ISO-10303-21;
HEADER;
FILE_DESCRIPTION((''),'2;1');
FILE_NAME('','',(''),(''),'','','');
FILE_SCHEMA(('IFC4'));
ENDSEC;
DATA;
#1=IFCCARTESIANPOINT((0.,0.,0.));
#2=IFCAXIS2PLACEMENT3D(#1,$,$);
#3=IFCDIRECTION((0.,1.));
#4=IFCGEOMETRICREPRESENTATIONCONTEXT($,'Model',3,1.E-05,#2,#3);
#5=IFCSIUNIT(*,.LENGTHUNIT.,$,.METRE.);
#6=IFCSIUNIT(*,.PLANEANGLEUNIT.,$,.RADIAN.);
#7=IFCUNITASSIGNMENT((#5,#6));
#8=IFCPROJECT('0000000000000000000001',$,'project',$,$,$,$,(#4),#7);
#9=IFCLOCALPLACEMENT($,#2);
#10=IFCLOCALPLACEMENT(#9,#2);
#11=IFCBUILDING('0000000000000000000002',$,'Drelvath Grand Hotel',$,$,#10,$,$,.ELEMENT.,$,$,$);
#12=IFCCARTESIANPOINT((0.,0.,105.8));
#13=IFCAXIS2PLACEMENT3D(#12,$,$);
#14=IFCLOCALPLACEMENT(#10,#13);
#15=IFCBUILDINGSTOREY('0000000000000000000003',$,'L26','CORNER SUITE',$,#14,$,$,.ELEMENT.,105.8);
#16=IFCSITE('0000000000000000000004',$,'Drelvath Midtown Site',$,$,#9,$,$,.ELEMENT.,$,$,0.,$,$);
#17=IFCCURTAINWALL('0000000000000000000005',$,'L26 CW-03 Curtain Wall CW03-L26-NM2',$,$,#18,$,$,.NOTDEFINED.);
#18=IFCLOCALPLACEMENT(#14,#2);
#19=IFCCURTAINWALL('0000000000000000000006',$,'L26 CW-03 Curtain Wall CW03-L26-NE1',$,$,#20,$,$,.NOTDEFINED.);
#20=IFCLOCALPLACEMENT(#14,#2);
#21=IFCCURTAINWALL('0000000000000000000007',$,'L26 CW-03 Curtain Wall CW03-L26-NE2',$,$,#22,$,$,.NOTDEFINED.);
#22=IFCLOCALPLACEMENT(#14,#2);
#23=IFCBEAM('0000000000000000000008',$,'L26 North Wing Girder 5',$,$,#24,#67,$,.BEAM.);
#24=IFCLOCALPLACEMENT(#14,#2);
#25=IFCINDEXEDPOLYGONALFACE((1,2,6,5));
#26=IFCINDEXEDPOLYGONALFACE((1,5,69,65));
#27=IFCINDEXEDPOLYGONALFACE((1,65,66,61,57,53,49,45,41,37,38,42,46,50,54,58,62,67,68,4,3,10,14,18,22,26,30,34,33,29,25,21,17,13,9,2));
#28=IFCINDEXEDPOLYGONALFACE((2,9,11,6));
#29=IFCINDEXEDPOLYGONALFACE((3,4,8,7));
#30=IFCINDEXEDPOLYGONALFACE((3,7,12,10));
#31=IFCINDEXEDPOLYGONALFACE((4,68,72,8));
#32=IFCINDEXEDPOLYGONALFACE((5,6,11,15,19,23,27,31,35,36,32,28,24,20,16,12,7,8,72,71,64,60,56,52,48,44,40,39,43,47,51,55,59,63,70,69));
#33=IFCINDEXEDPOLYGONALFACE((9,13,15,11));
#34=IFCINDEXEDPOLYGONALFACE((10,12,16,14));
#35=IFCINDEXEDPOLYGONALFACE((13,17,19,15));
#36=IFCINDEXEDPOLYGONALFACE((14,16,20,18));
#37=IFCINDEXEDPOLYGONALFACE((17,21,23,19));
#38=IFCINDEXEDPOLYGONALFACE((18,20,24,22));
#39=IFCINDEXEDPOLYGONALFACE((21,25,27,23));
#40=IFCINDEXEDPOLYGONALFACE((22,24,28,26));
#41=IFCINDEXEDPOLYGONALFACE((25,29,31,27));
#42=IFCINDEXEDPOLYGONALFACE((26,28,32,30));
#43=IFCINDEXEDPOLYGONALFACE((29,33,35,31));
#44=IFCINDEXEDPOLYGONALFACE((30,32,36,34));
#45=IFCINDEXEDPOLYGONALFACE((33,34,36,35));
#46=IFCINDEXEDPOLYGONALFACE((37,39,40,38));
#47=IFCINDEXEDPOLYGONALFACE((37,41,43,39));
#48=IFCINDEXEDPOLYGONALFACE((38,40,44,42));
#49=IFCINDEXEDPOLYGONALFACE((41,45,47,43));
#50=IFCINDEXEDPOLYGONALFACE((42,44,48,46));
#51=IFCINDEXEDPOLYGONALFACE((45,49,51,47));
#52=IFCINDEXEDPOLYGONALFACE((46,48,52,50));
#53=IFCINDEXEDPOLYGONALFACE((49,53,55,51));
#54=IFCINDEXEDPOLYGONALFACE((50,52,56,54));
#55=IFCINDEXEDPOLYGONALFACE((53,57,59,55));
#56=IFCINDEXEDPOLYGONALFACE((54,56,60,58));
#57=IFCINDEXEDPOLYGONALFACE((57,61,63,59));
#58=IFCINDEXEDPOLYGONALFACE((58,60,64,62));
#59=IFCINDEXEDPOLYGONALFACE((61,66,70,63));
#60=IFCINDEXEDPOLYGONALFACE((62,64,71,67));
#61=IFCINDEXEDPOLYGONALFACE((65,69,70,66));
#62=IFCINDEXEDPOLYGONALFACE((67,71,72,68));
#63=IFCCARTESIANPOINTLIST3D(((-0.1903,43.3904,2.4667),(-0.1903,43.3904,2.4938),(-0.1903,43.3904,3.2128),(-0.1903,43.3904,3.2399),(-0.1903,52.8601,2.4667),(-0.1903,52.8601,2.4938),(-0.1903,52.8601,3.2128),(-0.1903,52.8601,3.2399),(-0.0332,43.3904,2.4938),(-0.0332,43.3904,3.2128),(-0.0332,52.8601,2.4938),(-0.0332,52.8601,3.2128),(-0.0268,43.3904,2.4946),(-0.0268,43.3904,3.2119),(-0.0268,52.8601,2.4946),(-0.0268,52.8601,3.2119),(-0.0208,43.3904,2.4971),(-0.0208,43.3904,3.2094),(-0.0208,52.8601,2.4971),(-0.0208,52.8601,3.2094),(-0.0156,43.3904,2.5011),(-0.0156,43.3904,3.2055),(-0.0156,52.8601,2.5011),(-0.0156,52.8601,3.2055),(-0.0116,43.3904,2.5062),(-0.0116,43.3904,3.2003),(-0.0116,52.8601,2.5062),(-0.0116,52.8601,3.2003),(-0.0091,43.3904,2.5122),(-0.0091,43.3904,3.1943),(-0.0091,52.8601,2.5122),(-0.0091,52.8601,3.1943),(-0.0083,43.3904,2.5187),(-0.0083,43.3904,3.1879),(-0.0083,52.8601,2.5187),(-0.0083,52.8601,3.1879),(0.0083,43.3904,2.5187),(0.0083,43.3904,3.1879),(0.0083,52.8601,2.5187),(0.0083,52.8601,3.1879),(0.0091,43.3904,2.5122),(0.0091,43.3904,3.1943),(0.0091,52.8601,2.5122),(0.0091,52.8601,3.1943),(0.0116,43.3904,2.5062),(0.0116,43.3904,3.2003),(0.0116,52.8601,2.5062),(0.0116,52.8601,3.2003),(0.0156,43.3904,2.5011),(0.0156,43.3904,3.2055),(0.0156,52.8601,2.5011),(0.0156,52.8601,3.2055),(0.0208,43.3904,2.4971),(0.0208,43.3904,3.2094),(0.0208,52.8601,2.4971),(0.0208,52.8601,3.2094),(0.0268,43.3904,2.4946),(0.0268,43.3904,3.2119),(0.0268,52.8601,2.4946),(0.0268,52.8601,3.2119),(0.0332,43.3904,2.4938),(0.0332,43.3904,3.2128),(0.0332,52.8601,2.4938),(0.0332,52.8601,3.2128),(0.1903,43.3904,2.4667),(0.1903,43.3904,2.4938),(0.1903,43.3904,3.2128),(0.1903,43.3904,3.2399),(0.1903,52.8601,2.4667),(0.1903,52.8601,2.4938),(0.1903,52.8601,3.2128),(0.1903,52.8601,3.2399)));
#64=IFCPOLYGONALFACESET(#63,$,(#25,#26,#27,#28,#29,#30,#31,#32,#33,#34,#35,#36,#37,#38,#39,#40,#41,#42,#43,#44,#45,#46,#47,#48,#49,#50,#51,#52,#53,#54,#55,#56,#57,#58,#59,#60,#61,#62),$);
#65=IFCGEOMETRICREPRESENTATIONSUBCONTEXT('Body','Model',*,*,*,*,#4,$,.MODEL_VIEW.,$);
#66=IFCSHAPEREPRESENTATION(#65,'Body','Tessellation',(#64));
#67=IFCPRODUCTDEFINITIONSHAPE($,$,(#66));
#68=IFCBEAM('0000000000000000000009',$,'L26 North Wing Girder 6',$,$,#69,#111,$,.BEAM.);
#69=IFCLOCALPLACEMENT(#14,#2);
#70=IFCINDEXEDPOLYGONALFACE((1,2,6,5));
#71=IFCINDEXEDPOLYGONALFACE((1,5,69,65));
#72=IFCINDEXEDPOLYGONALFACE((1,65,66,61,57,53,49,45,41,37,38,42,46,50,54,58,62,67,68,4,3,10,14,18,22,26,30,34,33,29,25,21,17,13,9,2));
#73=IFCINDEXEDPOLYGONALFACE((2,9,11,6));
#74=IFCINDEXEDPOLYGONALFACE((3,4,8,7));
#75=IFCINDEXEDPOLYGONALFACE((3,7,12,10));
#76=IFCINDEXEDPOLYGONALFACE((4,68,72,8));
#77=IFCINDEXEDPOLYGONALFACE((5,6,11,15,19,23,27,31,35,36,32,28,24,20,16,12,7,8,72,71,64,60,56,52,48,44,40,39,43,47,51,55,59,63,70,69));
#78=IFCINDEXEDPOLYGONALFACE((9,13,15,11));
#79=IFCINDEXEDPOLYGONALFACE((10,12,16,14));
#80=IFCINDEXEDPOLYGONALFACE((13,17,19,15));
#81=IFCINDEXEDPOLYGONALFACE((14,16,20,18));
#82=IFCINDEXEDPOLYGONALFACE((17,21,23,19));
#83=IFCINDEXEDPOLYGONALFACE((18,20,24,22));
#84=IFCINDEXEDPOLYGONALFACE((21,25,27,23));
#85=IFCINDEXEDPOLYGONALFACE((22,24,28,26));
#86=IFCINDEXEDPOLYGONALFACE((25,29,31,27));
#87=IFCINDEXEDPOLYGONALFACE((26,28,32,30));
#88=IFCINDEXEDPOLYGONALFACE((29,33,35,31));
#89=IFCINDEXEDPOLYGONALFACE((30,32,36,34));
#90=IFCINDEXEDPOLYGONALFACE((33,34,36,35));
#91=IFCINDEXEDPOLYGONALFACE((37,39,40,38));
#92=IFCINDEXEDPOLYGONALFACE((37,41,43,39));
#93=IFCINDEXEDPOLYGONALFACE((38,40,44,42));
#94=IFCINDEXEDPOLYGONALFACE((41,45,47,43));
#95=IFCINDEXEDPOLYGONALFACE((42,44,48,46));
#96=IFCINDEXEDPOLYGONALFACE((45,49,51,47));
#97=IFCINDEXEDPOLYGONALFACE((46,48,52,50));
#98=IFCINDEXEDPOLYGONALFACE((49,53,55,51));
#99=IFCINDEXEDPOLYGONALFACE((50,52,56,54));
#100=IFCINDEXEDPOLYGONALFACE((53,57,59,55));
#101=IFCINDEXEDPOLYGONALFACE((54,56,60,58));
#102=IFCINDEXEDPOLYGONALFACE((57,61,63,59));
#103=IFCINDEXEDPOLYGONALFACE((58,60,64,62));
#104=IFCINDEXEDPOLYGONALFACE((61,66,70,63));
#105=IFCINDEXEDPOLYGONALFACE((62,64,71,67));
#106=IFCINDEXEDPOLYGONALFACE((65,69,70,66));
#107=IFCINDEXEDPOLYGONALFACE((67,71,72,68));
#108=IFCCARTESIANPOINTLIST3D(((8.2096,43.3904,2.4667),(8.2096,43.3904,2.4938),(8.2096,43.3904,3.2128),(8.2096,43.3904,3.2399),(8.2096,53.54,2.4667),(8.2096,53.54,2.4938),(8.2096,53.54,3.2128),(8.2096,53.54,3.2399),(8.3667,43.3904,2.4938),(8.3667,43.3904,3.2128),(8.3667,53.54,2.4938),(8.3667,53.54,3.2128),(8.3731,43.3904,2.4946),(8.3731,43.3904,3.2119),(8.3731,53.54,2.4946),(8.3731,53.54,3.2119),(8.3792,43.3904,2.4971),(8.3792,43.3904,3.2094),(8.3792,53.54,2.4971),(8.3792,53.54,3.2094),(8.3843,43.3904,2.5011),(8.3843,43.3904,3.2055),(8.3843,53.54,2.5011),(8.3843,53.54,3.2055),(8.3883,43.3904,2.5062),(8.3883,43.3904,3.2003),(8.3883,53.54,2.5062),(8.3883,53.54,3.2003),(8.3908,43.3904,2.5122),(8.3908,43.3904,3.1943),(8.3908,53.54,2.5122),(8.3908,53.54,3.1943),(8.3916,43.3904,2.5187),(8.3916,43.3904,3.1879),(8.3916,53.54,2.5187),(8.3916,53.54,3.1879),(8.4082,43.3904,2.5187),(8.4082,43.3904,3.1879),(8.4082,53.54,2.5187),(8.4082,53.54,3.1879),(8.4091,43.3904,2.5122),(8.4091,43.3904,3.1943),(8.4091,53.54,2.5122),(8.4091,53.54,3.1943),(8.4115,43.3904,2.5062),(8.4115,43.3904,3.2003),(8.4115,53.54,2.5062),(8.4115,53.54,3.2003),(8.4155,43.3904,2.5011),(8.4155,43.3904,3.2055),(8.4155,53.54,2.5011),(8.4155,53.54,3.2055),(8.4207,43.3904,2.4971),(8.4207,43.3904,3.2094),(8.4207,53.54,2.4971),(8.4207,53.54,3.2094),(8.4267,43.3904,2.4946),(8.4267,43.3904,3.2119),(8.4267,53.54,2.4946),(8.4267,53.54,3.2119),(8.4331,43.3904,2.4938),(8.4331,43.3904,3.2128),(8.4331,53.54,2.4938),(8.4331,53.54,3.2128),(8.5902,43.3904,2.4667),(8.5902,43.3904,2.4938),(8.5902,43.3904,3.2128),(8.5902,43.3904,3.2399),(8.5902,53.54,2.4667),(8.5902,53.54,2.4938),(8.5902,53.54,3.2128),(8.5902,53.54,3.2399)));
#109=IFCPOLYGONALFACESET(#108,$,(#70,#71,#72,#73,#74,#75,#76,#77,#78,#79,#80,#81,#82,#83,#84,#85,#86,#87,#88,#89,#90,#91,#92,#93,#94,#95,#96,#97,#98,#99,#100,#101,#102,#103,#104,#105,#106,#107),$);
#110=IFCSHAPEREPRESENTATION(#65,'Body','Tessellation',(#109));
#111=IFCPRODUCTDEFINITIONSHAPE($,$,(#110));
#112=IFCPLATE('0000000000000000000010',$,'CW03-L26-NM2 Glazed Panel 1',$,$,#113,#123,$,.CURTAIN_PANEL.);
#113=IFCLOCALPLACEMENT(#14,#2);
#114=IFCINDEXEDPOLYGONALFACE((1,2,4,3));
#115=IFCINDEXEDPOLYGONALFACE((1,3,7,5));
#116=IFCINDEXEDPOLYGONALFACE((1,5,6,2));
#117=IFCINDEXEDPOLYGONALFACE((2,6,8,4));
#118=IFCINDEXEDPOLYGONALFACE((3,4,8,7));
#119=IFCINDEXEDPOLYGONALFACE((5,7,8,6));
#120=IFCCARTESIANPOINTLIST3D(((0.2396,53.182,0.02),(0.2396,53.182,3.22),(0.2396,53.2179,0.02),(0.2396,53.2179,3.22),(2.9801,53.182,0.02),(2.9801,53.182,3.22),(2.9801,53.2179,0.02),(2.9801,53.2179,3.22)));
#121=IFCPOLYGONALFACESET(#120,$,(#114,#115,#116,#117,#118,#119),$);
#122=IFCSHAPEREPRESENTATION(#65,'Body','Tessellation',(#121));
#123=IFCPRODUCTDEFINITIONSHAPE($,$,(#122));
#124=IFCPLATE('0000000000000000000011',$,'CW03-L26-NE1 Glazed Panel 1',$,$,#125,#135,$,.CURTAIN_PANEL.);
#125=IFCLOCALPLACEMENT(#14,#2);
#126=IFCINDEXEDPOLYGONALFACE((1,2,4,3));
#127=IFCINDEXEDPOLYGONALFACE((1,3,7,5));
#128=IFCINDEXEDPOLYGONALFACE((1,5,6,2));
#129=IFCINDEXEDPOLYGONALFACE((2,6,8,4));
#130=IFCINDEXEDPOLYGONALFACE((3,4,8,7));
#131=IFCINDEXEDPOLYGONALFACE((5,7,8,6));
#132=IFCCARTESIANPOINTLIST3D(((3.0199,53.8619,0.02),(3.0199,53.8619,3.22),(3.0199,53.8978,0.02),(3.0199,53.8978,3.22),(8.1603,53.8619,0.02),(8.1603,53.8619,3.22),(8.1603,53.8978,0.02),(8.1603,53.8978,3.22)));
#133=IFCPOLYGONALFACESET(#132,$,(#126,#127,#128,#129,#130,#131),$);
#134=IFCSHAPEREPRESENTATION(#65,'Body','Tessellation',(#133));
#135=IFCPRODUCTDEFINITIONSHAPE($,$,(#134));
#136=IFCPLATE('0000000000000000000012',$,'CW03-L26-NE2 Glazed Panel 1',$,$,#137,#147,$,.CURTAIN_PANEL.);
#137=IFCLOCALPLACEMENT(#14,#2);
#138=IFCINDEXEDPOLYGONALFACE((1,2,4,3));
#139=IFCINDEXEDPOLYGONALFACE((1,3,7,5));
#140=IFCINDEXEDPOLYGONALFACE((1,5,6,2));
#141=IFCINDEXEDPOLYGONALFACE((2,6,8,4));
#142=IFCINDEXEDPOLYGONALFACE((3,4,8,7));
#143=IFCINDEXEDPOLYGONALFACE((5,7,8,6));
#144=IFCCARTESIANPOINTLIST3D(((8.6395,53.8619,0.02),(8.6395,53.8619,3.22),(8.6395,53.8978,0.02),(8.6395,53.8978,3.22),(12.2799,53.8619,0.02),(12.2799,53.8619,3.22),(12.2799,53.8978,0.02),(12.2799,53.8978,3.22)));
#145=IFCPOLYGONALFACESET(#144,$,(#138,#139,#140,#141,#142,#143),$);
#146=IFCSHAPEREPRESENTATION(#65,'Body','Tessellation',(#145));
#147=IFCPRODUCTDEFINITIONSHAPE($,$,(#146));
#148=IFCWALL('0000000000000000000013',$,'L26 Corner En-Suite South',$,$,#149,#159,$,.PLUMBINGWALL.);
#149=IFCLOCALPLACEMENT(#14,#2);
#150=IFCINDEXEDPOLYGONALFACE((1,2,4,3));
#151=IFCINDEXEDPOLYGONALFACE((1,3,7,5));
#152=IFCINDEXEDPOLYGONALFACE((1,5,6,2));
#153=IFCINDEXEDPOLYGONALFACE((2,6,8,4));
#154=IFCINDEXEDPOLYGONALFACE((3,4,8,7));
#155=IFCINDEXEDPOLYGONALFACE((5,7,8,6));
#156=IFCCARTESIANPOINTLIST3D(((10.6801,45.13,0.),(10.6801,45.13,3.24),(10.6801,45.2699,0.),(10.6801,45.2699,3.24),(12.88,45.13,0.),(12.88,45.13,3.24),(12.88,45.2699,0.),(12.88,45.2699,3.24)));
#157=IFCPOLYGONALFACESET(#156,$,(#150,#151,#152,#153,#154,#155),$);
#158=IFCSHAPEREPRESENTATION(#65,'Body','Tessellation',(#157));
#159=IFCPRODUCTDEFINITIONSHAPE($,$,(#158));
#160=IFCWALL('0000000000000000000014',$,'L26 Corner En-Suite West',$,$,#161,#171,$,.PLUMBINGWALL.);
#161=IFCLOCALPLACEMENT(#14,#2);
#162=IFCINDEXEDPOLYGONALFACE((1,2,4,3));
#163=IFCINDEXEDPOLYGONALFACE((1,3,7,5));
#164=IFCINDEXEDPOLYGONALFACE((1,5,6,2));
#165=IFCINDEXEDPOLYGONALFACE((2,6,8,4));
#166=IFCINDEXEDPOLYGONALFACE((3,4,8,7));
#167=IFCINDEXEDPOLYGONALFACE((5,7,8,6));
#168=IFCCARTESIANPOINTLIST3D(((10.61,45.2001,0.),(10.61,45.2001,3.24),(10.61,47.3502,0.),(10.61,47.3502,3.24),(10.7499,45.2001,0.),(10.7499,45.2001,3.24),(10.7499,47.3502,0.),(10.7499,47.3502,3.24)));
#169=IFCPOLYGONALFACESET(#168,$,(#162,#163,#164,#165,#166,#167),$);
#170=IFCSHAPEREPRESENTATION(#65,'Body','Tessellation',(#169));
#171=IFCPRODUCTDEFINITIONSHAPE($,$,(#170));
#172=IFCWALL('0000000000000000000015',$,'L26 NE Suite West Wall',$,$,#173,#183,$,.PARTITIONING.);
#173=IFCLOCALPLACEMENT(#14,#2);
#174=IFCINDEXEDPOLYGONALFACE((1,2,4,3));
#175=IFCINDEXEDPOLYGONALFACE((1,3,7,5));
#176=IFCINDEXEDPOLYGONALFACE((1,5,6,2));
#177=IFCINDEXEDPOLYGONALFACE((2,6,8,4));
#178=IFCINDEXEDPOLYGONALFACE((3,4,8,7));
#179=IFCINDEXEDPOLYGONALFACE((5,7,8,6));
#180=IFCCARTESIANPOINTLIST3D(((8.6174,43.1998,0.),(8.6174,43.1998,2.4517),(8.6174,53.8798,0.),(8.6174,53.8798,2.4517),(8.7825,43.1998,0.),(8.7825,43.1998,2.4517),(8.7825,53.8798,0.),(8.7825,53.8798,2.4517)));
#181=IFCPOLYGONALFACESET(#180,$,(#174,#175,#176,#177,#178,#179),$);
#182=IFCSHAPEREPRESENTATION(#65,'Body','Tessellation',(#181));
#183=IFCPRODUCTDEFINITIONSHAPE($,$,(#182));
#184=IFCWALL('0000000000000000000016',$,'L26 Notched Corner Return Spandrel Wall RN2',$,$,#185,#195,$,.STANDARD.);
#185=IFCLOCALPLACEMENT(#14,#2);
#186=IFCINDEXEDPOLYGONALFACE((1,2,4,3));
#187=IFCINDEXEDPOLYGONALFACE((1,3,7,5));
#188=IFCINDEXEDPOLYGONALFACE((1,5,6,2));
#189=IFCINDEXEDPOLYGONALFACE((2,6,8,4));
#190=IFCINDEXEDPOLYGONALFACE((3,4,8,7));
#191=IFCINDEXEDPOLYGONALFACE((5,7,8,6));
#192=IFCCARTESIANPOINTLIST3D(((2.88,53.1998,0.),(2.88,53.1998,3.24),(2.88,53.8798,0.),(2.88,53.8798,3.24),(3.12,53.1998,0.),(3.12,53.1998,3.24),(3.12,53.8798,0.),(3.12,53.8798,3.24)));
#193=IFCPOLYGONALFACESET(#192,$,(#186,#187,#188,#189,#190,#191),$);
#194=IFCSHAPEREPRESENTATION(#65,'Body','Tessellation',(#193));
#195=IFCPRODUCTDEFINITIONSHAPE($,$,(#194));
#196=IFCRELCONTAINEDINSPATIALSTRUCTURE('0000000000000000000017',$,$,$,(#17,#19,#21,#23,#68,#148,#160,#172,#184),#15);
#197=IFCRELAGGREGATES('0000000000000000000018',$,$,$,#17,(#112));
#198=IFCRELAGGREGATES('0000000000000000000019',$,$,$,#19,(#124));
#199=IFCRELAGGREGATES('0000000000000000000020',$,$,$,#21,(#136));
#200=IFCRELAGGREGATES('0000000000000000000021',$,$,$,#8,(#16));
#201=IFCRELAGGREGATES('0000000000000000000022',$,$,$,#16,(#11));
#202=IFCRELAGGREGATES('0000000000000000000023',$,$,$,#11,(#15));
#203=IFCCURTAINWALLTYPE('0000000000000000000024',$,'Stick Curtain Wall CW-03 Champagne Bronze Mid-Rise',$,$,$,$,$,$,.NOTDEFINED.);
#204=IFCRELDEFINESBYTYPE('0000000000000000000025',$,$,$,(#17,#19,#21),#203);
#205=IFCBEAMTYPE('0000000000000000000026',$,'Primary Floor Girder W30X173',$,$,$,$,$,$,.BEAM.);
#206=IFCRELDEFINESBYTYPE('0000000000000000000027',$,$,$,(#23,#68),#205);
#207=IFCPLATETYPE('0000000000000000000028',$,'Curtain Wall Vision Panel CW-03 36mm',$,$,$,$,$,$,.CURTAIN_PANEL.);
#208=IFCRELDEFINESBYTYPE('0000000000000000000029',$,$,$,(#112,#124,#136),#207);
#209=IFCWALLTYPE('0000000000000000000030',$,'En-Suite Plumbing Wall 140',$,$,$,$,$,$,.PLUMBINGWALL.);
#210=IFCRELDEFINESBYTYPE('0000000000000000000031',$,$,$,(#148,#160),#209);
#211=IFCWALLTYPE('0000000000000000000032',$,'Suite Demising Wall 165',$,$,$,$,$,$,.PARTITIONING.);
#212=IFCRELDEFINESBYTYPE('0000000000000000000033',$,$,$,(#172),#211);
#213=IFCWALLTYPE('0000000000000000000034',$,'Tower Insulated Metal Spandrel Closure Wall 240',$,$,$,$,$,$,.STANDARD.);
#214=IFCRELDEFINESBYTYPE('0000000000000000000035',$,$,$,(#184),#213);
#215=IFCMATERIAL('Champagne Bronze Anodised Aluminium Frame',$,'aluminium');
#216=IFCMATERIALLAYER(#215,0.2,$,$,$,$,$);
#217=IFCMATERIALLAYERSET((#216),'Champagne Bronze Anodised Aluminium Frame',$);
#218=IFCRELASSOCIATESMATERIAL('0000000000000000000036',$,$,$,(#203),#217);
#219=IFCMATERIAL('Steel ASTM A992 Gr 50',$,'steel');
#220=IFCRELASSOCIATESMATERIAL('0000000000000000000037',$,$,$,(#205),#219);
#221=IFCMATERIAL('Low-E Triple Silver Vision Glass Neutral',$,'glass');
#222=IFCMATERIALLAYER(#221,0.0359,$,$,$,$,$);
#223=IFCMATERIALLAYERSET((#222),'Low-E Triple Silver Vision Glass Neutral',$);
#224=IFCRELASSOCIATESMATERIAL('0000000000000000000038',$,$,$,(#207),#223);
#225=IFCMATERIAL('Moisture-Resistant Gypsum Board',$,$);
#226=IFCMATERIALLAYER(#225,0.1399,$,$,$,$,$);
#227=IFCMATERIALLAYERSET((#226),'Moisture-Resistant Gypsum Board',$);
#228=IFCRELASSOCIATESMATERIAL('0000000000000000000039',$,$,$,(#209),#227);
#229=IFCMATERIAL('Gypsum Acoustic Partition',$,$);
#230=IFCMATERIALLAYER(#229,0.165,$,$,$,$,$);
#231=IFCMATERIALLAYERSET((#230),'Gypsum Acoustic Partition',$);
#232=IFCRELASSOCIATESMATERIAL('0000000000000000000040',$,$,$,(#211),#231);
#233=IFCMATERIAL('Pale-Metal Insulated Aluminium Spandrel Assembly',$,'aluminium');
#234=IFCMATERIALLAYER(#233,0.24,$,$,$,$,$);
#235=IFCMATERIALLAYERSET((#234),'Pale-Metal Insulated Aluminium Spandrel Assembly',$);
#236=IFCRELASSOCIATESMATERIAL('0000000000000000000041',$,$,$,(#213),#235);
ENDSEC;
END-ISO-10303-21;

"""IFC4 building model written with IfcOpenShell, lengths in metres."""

from ifc_helpers import new_model, si_unit, direction, frame, frame_2d, origin, origin_2d, place, context, subcontext, project, spatial, rectangle, i_section, extrude, material, layer, layer_set, material_profile, profile_set, type_object, element, aggregate, save


model = new_model("IFC4")

# Units and contexts
model_context = context("Model", 3, precision=1e-05, world=origin(), true_north=direction((0.0, 1.0)))
body_context = subcontext(model_context, "Body", "Model", "MODEL_VIEW")
ifc_project = project(units=[si_unit("LENGTHUNIT", "METRE"), si_unit("PLANEANGLEUNIT", "RADIAN")], contexts=[model_context])

# Site, building, storey
site_placement = place(None, origin())
site = spatial("IfcSite", under=ifc_project, at=site_placement, Name="Drelvath Midtown Site", CompositionType="ELEMENT", RefElevation=0.0)
building_placement = place(site_placement, origin())
building = spatial("IfcBuilding", under=site, at=building_placement, Name="Drelvath Grand Hotel", CompositionType="ELEMENT")
storey_placement = place(building_placement, frame((0.0, 0.0, 105.8)))
storey = spatial("IfcBuildingStorey", under=building, at=storey_placement, Name="L26", Description="CORNER SUITE", CompositionType="ELEMENT", Elevation=105.8)

# Curtain walls
ifc_material_1 = material(Name="Champagne Bronze Anodised Aluminium Frame", Category="aluminium")
ifc_layer_1 = layer(ifc_material_1, 0.2)
ifc_layer_set_1 = layer_set([ifc_layer_1], Name="Champagne Bronze Anodised Aluminium Frame")
curtain_wall_type = type_object("IfcCurtainWallType", Name="Stick Curtain Wall CW-03 Champagne Bronze Mid-Rise", PredefinedType="NOTDEFINED", material=ifc_layer_set_1)
curtain_wall_1_placement = place(storey_placement, origin())
curtain_wall_1 = element("IfcCurtainWall", 1, at=curtain_wall_1_placement, inside=storey, type_object=curtain_wall_type, Name="L26 CW-03 Curtain Wall CW03-L26-NM2", PredefinedType="NOTDEFINED")
curtain_wall_2_placement = place(storey_placement, origin())
curtain_wall_2 = element("IfcCurtainWall", 2, at=curtain_wall_2_placement, inside=storey, type_object=curtain_wall_type, Name="L26 CW-03 Curtain Wall CW03-L26-NE1", PredefinedType="NOTDEFINED")
curtain_wall_3_placement = place(storey_placement, origin())
curtain_wall_3 = element("IfcCurtainWall", 3, at=curtain_wall_3_placement, inside=storey, type_object=curtain_wall_type, Name="L26 CW-03 Curtain Wall CW03-L26-NE2", PredefinedType="NOTDEFINED")

# Beams
ifc_material_2 = material(Name="Steel ASTM A992 Gr 50", Category="steel")
ifc_material_profile_1 = material_profile(ifc_material_2, i_section(OverallWidth=0.3806, OverallDepth=0.7732, WebThickness=0.0166, FlangeThickness=0.0271, FilletRadius=0.0249, at=origin_2d()), Name="W30X173")
ifc_profile_set_1 = profile_set([ifc_material_profile_1], Name="Steel ASTM A992 Gr 50")
beam_type_1 = type_object("IfcBeamType", Name="Primary Floor Girder W30X173", PredefinedType="BEAM", material=ifc_profile_set_1)
beam_1_placement = place(storey_placement, frame((0.0, 43.3904, 2.8533), z_axis=(0.0, 1.0, 0.0), x_axis=(-1.0, 0.0, 0.0)))
element("IfcBeam", 4, at=beam_1_placement, inside=storey, type_object=beam_type_1, Name="L26 North Wing Girder 5", PredefinedType="BEAM", context=body_context, shape_type="SweptSolid", body=[
    extrude(i_section(OverallWidth=0.3806, OverallDepth=0.7732, WebThickness=0.0166, FlangeThickness=0.0271, FilletRadius=0.0249, at=origin_2d()), origin(), (0.0, 0.0, 1.0), 9.4697),
])
beam_2_placement = place(storey_placement, frame((8.3999, 43.3904, 2.8533), z_axis=(0.0, 1.0, 0.0), x_axis=(-1.0, 0.0, 0.0)))
element("IfcBeam", 5, at=beam_2_placement, inside=storey, type_object=beam_type_1, Name="L26 North Wing Girder 6", PredefinedType="BEAM", context=body_context, shape_type="SweptSolid", body=[
    extrude(i_section(OverallWidth=0.3806, OverallDepth=0.7732, WebThickness=0.0166, FlangeThickness=0.0271, FilletRadius=0.0249, at=origin_2d()), origin(), (0.0, 0.0, 1.0), 10.1497),
])

# Plates
ifc_material_3 = material(Name="Low-E Triple Silver Vision Glass Neutral", Category="glass")
ifc_layer_2 = layer(ifc_material_3, 0.0359)
ifc_layer_set_2 = layer_set([ifc_layer_2], Name="Low-E Triple Silver Vision Glass Neutral")
plate_type = type_object("IfcPlateType", Name="Curtain Wall Vision Panel CW-03 36mm", PredefinedType="CURTAIN_PANEL", material=ifc_layer_set_2)
plate_1_placement = place(storey_placement, frame((1.6099, 53.2, 0.02), z_axis=(0.0, 0.0, 1.0), x_axis=(1.0, 0.0, 0.0)))
plate_1 = element("IfcPlate", 6, at=plate_1_placement, type_object=plate_type, Name="CW03-L26-NM2 Glazed Panel 1", PredefinedType="CURTAIN_PANEL", context=body_context, shape_type="SweptSolid", body=[
    extrude(rectangle(XDim=2.7405, YDim=0.0359, at=origin_2d()), origin(), (0.0, 0.0, 1.0), 3.2),
])
aggregate(curtain_wall_1, [plate_1])
plate_2_placement = place(storey_placement, frame((5.5901, 53.8799, 0.02), z_axis=(0.0, 0.0, 1.0), x_axis=(1.0, 0.0, 0.0)))
plate_2 = element("IfcPlate", 7, at=plate_2_placement, type_object=plate_type, Name="CW03-L26-NE1 Glazed Panel 1", PredefinedType="CURTAIN_PANEL", context=body_context, shape_type="SweptSolid", body=[
    extrude(rectangle(XDim=5.1404, YDim=0.0359, at=origin_2d()), origin(), (0.0, 0.0, 1.0), 3.2),
])
aggregate(curtain_wall_2, [plate_2])
plate_3_placement = place(storey_placement, frame((10.4597, 53.8799, 0.02), z_axis=(0.0, 0.0, 1.0), x_axis=(1.0, 0.0, 0.0)))
plate_3 = element("IfcPlate", 8, at=plate_3_placement, type_object=plate_type, Name="CW03-L26-NE2 Glazed Panel 1", PredefinedType="CURTAIN_PANEL", context=body_context, shape_type="SweptSolid", body=[
    extrude(rectangle(XDim=3.6404, YDim=0.0359, at=origin_2d()), origin(), (0.0, 0.0, 1.0), 3.2),
])
aggregate(curtain_wall_3, [plate_3])

# Walls
ifc_material_4 = material(Name="Moisture-Resistant Gypsum Board")
ifc_layer_3 = layer(ifc_material_4, 0.1399)
ifc_layer_set_3 = layer_set([ifc_layer_3], Name="Moisture-Resistant Gypsum Board")
wall_type_1 = type_object("IfcWallType", Name="En-Suite Plumbing Wall 140", PredefinedType="PLUMBINGWALL", material=ifc_layer_set_3)
wall_1_placement = place(storey_placement, frame((10.6799, 45.2, 0.0), z_axis=(0.0, 0.0, 1.0), x_axis=(1.0, 0.0, 0.0)))
element("IfcWall", 9, at=wall_1_placement, inside=storey, type_object=wall_type_1, Name="L26 Corner En-Suite South", PredefinedType="PLUMBINGWALL", context=body_context, shape_type="SweptSolid", body=[
    extrude(rectangle(XDim=2.2, YDim=0.1399, at=frame_2d((1.1001, 0.0))), origin(), (0.0, 0.0, 1.0), 3.24),
])
wall_2_placement = place(storey_placement, frame((10.6799, 45.2, 0.0), z_axis=(0.0, 0.0, 1.0), x_axis=(0.0, 1.0, 0.0)))
element("IfcWall", 10, at=wall_2_placement, inside=storey, type_object=wall_type_1, Name="L26 Corner En-Suite West", PredefinedType="PLUMBINGWALL", context=body_context, shape_type="SweptSolid", body=[
    extrude(rectangle(XDim=2.1501, YDim=0.1399, at=frame_2d((1.0752, 0.0))), origin(), (0.0, 0.0, 1.0), 3.24),
])
ifc_material_5 = material(Name="Gypsum Acoustic Partition")
ifc_layer_4 = layer(ifc_material_5, 0.165)
ifc_layer_set_4 = layer_set([ifc_layer_4], Name="Gypsum Acoustic Partition")
wall_type_2 = type_object("IfcWallType", Name="Suite Demising Wall 165", PredefinedType="PARTITIONING", material=ifc_layer_set_4)
wall_3_placement = place(storey_placement, frame((8.7, 43.2, 0.0), z_axis=(0.0, 0.0, 1.0), x_axis=(0.0, 1.0, 0.0)))
element("IfcWall", 11, at=wall_3_placement, inside=storey, type_object=wall_type_2, Name="L26 NE Suite West Wall", PredefinedType="PARTITIONING", context=body_context, shape_type="SweptSolid", body=[
    extrude(rectangle(XDim=10.6799, YDim=0.165, at=frame_2d((5.3398, 0.0))), origin(), (0.0, 0.0, 1.0), 2.4517),
])
ifc_material_6 = material(Name="Pale-Metal Insulated Aluminium Spandrel Assembly", Category="aluminium")
ifc_layer_5 = layer(ifc_material_6, 0.24)
ifc_layer_set_5 = layer_set([ifc_layer_5], Name="Pale-Metal Insulated Aluminium Spandrel Assembly")
wall_type_3 = type_object("IfcWallType", Name="Tower Insulated Metal Spandrel Closure Wall 240", PredefinedType="STANDARD", material=ifc_layer_set_5)
wall_4_placement = place(storey_placement, frame((3.0, 53.2, 0.0), z_axis=(0.0, 0.0, 1.0), x_axis=(0.0, 1.0, 0.0)))
element("IfcWall", 12, at=wall_4_placement, inside=storey, type_object=wall_type_3, Name="L26 Notched Corner Return Spandrel Wall RN2", PredefinedType="STANDARD", context=body_context, shape_type="SweptSolid", body=[
    extrude(rectangle(XDim=0.6799, YDim=0.24, at=frame_2d((0.3398, 0.0))), origin(), (0.0, 0.0, 1.0), 3.24),
])

save(model, "model.ifc")
